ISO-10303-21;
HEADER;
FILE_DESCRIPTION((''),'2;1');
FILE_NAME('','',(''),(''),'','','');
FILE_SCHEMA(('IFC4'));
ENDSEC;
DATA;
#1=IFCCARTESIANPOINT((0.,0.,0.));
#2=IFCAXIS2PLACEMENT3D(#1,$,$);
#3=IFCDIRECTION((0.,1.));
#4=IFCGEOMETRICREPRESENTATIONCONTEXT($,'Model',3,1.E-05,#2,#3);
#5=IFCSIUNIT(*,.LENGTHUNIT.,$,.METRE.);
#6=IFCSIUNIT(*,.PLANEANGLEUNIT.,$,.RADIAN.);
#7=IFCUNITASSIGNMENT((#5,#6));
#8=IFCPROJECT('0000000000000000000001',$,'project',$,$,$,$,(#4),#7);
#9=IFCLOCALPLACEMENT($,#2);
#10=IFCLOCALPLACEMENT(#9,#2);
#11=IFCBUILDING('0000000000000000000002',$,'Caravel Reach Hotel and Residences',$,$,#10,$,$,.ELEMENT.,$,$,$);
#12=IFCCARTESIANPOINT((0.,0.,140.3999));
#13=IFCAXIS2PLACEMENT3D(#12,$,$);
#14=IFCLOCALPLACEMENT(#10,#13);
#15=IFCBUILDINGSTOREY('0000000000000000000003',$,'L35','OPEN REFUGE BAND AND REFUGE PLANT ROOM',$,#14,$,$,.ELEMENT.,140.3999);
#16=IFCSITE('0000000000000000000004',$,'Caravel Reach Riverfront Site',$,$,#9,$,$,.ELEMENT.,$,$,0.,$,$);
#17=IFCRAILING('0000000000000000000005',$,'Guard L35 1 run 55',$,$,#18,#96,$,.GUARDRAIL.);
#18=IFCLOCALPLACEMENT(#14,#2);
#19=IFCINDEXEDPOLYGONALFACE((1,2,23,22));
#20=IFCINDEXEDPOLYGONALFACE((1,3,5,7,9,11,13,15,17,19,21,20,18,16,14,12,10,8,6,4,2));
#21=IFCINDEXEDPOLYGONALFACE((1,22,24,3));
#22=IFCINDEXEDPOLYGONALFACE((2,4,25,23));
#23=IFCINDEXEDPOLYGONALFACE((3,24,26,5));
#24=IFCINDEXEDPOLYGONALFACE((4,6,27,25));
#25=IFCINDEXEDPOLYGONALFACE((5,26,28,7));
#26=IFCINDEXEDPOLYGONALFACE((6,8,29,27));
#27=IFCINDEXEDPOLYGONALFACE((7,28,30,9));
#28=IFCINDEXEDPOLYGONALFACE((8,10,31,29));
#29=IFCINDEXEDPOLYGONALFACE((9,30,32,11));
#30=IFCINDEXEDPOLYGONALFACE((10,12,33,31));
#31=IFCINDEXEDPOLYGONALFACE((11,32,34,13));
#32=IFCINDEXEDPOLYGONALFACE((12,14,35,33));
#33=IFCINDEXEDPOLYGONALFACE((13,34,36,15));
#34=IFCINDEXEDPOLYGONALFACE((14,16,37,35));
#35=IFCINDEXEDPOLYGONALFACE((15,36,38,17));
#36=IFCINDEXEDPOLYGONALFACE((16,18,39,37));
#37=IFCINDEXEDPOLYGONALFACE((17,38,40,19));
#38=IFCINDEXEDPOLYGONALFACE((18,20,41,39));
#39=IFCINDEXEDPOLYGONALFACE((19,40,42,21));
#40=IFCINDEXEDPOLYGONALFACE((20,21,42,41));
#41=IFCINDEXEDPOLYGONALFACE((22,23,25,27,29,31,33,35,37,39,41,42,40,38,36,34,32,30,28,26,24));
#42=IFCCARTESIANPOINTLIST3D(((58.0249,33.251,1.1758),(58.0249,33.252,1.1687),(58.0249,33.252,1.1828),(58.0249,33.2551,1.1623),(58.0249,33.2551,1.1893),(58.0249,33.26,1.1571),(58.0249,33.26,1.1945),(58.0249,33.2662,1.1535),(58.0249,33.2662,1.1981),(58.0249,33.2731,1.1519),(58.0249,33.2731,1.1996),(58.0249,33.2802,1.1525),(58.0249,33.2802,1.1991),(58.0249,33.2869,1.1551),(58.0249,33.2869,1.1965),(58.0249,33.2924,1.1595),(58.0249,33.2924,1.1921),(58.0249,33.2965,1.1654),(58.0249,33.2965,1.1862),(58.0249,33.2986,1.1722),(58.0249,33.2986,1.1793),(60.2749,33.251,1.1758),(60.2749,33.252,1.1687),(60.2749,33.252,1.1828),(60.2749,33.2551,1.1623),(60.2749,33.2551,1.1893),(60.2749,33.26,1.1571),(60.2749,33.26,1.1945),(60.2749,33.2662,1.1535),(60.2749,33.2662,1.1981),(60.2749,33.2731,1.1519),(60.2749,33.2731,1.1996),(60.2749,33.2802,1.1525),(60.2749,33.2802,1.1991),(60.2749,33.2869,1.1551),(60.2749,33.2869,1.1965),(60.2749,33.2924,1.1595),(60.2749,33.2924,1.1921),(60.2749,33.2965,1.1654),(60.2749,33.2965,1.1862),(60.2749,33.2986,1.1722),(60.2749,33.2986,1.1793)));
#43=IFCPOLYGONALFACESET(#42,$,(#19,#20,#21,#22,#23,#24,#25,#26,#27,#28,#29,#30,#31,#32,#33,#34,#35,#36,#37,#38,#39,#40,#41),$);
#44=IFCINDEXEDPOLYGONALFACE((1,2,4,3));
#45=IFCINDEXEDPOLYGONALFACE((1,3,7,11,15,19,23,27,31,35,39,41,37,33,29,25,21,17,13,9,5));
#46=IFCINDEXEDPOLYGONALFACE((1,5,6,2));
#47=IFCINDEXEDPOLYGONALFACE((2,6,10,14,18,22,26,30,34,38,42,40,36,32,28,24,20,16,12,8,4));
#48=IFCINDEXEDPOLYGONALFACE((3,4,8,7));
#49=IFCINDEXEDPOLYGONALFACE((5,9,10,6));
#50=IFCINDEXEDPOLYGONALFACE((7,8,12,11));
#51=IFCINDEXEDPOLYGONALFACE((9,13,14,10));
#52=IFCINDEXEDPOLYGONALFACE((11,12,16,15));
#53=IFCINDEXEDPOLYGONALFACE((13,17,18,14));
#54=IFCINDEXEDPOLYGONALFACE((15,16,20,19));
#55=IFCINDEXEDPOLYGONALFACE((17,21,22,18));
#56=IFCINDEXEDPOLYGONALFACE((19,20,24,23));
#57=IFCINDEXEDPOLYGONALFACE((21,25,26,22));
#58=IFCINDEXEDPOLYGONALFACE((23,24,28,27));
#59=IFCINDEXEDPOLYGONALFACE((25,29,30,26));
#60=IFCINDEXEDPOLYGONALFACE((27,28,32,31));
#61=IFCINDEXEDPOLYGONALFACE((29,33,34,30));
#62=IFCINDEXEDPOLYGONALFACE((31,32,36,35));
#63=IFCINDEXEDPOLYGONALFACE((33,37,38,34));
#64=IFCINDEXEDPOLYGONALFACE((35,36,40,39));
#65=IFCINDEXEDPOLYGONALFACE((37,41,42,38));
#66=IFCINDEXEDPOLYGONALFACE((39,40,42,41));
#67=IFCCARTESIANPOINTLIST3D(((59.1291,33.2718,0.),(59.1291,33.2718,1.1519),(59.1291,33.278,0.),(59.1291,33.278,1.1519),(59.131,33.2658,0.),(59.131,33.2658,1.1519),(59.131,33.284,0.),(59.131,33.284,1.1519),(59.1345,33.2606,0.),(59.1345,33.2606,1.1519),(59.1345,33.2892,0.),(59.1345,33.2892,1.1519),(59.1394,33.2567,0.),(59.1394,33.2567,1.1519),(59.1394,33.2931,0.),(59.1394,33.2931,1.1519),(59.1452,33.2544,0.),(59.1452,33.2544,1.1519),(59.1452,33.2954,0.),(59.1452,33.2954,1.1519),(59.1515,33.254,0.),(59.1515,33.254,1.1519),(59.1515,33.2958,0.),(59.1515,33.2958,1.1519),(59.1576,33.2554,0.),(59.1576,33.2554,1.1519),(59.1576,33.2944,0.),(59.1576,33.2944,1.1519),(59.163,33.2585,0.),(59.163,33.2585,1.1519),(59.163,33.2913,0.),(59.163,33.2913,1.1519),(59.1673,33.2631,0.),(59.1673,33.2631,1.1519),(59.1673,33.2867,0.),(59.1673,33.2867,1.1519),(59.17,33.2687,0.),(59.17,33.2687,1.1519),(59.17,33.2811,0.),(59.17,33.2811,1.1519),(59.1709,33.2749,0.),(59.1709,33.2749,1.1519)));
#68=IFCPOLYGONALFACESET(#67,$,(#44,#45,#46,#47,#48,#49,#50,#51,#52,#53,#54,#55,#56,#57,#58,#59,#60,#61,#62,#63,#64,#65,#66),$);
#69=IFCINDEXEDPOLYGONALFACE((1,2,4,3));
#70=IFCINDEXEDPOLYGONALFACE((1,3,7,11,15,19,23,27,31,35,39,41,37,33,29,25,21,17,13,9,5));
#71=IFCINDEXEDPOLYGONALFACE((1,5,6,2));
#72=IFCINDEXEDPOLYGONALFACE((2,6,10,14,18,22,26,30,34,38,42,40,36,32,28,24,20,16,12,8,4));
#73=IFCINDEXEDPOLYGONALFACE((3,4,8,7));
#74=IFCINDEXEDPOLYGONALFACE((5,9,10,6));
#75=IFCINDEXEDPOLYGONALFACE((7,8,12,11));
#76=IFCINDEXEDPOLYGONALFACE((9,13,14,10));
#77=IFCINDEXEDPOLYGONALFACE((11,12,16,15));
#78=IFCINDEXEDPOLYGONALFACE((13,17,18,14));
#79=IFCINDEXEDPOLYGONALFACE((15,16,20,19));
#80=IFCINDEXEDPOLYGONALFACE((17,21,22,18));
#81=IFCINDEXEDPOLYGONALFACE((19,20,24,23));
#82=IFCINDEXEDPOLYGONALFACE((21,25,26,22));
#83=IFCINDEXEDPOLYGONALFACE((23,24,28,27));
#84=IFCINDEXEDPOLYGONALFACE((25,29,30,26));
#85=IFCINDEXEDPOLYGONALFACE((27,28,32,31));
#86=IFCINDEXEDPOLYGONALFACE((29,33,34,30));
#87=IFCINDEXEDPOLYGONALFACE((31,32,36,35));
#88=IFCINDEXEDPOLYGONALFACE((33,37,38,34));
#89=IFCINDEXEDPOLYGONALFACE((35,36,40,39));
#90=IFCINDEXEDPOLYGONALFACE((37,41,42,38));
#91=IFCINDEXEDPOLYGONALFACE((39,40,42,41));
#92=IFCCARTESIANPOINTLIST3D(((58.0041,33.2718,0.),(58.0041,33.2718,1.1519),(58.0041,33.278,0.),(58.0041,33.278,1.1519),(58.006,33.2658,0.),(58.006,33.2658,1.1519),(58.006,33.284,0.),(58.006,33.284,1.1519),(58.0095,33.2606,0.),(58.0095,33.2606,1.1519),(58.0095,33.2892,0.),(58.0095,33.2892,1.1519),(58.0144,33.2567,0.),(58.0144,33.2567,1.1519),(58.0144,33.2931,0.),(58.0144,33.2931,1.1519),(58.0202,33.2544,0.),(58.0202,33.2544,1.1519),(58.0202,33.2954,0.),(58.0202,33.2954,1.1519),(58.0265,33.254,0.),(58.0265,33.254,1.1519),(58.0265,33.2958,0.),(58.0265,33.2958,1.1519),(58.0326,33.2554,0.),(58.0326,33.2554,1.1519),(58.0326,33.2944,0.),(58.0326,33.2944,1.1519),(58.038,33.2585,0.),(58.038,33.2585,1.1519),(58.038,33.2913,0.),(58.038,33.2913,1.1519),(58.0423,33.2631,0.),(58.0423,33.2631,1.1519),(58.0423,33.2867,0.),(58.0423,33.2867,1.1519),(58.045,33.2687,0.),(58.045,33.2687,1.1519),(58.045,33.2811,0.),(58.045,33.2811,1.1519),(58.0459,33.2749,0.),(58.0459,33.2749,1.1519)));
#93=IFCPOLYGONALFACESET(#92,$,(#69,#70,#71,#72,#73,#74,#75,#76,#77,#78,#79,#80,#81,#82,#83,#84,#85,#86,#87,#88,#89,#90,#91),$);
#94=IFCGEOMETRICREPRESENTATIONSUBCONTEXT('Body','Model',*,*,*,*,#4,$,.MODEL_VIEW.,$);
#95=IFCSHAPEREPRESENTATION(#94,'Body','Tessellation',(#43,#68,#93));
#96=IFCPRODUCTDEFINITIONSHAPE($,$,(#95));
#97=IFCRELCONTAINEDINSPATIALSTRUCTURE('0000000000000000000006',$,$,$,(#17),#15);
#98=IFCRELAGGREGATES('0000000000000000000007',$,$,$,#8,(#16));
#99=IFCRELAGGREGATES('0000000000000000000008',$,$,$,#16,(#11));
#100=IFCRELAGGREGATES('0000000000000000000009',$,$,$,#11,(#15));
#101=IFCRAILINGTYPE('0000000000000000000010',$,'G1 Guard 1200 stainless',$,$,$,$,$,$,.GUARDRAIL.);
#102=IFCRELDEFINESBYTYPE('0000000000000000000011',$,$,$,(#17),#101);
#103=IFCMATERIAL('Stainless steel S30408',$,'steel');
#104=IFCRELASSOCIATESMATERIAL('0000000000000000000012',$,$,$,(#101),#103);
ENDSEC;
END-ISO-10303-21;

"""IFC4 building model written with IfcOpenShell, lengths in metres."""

from ifc_helpers import new_model, si_unit, direction, frame, origin, origin_2d, place, context, subcontext, project, spatial, circle, extrude, material, type_object, element, save


model = new_model("IFC4")

# Units and contexts
model_context = context("Model", 3, precision=1e-05, world=origin(), true_north=direction((0.0, 1.0)))
body_context = subcontext(model_context, "Body", "Model", "MODEL_VIEW")
ifc_project = project(units=[si_unit("LENGTHUNIT", "METRE"), si_unit("PLANEANGLEUNIT", "RADIAN")], contexts=[model_context])

# Site, building, storey
site_placement = place(None, origin())
site = spatial("IfcSite", under=ifc_project, at=site_placement, Name="Caravel Reach Riverfront Site", CompositionType="ELEMENT", RefElevation=0.0)
building_placement = place(site_placement, origin())
building = spatial("IfcBuilding", under=site, at=building_placement, Name="Caravel Reach Hotel and Residences", CompositionType="ELEMENT")
storey_placement = place(building_placement, frame((0.0, 0.0, 140.3999)))
storey = spatial("IfcBuildingStorey", under=building, at=storey_placement, Name="L35", Description="OPEN REFUGE BAND AND REFUGE PLANT ROOM", CompositionType="ELEMENT", Elevation=140.3999)

# Railing
ifc_material_1 = material(Name="Stainless steel S30408", Category="steel")
railing_type = type_object("IfcRailingType", Name="G1 Guard 1200 stainless", PredefinedType="GUARDRAIL", material=ifc_material_1)
railing_1_placement = place(storey_placement, frame((60.2749, 33.2749, 0.0)))
element("IfcRailing", 1, at=railing_1_placement, inside=storey, type_object=railing_type, Name="Guard L35 1 run 55", PredefinedType="GUARDRAIL", context=body_context, shape_type="SweptSolid", body=[
    extrude(circle(Radius=0.0239, at=origin_2d()), frame((0.0, 0.0, 1.1758), z_axis=(-1.0, 0.0, 0.0), x_axis=(0.0, -1.0, 0.0)), (0.0, 0.0, 1.0), 2.25),
    extrude(circle(Radius=0.021, at=origin_2d()), frame((-1.125, 0.0, 0.0)), (0.0, 0.0, 1.0), 1.1519),
    extrude(circle(Radius=0.021, at=origin_2d()), frame((-2.25, 0.0, 0.0)), (0.0, 0.0, 1.0), 1.1519),
])

save(model, "model.ifc")
